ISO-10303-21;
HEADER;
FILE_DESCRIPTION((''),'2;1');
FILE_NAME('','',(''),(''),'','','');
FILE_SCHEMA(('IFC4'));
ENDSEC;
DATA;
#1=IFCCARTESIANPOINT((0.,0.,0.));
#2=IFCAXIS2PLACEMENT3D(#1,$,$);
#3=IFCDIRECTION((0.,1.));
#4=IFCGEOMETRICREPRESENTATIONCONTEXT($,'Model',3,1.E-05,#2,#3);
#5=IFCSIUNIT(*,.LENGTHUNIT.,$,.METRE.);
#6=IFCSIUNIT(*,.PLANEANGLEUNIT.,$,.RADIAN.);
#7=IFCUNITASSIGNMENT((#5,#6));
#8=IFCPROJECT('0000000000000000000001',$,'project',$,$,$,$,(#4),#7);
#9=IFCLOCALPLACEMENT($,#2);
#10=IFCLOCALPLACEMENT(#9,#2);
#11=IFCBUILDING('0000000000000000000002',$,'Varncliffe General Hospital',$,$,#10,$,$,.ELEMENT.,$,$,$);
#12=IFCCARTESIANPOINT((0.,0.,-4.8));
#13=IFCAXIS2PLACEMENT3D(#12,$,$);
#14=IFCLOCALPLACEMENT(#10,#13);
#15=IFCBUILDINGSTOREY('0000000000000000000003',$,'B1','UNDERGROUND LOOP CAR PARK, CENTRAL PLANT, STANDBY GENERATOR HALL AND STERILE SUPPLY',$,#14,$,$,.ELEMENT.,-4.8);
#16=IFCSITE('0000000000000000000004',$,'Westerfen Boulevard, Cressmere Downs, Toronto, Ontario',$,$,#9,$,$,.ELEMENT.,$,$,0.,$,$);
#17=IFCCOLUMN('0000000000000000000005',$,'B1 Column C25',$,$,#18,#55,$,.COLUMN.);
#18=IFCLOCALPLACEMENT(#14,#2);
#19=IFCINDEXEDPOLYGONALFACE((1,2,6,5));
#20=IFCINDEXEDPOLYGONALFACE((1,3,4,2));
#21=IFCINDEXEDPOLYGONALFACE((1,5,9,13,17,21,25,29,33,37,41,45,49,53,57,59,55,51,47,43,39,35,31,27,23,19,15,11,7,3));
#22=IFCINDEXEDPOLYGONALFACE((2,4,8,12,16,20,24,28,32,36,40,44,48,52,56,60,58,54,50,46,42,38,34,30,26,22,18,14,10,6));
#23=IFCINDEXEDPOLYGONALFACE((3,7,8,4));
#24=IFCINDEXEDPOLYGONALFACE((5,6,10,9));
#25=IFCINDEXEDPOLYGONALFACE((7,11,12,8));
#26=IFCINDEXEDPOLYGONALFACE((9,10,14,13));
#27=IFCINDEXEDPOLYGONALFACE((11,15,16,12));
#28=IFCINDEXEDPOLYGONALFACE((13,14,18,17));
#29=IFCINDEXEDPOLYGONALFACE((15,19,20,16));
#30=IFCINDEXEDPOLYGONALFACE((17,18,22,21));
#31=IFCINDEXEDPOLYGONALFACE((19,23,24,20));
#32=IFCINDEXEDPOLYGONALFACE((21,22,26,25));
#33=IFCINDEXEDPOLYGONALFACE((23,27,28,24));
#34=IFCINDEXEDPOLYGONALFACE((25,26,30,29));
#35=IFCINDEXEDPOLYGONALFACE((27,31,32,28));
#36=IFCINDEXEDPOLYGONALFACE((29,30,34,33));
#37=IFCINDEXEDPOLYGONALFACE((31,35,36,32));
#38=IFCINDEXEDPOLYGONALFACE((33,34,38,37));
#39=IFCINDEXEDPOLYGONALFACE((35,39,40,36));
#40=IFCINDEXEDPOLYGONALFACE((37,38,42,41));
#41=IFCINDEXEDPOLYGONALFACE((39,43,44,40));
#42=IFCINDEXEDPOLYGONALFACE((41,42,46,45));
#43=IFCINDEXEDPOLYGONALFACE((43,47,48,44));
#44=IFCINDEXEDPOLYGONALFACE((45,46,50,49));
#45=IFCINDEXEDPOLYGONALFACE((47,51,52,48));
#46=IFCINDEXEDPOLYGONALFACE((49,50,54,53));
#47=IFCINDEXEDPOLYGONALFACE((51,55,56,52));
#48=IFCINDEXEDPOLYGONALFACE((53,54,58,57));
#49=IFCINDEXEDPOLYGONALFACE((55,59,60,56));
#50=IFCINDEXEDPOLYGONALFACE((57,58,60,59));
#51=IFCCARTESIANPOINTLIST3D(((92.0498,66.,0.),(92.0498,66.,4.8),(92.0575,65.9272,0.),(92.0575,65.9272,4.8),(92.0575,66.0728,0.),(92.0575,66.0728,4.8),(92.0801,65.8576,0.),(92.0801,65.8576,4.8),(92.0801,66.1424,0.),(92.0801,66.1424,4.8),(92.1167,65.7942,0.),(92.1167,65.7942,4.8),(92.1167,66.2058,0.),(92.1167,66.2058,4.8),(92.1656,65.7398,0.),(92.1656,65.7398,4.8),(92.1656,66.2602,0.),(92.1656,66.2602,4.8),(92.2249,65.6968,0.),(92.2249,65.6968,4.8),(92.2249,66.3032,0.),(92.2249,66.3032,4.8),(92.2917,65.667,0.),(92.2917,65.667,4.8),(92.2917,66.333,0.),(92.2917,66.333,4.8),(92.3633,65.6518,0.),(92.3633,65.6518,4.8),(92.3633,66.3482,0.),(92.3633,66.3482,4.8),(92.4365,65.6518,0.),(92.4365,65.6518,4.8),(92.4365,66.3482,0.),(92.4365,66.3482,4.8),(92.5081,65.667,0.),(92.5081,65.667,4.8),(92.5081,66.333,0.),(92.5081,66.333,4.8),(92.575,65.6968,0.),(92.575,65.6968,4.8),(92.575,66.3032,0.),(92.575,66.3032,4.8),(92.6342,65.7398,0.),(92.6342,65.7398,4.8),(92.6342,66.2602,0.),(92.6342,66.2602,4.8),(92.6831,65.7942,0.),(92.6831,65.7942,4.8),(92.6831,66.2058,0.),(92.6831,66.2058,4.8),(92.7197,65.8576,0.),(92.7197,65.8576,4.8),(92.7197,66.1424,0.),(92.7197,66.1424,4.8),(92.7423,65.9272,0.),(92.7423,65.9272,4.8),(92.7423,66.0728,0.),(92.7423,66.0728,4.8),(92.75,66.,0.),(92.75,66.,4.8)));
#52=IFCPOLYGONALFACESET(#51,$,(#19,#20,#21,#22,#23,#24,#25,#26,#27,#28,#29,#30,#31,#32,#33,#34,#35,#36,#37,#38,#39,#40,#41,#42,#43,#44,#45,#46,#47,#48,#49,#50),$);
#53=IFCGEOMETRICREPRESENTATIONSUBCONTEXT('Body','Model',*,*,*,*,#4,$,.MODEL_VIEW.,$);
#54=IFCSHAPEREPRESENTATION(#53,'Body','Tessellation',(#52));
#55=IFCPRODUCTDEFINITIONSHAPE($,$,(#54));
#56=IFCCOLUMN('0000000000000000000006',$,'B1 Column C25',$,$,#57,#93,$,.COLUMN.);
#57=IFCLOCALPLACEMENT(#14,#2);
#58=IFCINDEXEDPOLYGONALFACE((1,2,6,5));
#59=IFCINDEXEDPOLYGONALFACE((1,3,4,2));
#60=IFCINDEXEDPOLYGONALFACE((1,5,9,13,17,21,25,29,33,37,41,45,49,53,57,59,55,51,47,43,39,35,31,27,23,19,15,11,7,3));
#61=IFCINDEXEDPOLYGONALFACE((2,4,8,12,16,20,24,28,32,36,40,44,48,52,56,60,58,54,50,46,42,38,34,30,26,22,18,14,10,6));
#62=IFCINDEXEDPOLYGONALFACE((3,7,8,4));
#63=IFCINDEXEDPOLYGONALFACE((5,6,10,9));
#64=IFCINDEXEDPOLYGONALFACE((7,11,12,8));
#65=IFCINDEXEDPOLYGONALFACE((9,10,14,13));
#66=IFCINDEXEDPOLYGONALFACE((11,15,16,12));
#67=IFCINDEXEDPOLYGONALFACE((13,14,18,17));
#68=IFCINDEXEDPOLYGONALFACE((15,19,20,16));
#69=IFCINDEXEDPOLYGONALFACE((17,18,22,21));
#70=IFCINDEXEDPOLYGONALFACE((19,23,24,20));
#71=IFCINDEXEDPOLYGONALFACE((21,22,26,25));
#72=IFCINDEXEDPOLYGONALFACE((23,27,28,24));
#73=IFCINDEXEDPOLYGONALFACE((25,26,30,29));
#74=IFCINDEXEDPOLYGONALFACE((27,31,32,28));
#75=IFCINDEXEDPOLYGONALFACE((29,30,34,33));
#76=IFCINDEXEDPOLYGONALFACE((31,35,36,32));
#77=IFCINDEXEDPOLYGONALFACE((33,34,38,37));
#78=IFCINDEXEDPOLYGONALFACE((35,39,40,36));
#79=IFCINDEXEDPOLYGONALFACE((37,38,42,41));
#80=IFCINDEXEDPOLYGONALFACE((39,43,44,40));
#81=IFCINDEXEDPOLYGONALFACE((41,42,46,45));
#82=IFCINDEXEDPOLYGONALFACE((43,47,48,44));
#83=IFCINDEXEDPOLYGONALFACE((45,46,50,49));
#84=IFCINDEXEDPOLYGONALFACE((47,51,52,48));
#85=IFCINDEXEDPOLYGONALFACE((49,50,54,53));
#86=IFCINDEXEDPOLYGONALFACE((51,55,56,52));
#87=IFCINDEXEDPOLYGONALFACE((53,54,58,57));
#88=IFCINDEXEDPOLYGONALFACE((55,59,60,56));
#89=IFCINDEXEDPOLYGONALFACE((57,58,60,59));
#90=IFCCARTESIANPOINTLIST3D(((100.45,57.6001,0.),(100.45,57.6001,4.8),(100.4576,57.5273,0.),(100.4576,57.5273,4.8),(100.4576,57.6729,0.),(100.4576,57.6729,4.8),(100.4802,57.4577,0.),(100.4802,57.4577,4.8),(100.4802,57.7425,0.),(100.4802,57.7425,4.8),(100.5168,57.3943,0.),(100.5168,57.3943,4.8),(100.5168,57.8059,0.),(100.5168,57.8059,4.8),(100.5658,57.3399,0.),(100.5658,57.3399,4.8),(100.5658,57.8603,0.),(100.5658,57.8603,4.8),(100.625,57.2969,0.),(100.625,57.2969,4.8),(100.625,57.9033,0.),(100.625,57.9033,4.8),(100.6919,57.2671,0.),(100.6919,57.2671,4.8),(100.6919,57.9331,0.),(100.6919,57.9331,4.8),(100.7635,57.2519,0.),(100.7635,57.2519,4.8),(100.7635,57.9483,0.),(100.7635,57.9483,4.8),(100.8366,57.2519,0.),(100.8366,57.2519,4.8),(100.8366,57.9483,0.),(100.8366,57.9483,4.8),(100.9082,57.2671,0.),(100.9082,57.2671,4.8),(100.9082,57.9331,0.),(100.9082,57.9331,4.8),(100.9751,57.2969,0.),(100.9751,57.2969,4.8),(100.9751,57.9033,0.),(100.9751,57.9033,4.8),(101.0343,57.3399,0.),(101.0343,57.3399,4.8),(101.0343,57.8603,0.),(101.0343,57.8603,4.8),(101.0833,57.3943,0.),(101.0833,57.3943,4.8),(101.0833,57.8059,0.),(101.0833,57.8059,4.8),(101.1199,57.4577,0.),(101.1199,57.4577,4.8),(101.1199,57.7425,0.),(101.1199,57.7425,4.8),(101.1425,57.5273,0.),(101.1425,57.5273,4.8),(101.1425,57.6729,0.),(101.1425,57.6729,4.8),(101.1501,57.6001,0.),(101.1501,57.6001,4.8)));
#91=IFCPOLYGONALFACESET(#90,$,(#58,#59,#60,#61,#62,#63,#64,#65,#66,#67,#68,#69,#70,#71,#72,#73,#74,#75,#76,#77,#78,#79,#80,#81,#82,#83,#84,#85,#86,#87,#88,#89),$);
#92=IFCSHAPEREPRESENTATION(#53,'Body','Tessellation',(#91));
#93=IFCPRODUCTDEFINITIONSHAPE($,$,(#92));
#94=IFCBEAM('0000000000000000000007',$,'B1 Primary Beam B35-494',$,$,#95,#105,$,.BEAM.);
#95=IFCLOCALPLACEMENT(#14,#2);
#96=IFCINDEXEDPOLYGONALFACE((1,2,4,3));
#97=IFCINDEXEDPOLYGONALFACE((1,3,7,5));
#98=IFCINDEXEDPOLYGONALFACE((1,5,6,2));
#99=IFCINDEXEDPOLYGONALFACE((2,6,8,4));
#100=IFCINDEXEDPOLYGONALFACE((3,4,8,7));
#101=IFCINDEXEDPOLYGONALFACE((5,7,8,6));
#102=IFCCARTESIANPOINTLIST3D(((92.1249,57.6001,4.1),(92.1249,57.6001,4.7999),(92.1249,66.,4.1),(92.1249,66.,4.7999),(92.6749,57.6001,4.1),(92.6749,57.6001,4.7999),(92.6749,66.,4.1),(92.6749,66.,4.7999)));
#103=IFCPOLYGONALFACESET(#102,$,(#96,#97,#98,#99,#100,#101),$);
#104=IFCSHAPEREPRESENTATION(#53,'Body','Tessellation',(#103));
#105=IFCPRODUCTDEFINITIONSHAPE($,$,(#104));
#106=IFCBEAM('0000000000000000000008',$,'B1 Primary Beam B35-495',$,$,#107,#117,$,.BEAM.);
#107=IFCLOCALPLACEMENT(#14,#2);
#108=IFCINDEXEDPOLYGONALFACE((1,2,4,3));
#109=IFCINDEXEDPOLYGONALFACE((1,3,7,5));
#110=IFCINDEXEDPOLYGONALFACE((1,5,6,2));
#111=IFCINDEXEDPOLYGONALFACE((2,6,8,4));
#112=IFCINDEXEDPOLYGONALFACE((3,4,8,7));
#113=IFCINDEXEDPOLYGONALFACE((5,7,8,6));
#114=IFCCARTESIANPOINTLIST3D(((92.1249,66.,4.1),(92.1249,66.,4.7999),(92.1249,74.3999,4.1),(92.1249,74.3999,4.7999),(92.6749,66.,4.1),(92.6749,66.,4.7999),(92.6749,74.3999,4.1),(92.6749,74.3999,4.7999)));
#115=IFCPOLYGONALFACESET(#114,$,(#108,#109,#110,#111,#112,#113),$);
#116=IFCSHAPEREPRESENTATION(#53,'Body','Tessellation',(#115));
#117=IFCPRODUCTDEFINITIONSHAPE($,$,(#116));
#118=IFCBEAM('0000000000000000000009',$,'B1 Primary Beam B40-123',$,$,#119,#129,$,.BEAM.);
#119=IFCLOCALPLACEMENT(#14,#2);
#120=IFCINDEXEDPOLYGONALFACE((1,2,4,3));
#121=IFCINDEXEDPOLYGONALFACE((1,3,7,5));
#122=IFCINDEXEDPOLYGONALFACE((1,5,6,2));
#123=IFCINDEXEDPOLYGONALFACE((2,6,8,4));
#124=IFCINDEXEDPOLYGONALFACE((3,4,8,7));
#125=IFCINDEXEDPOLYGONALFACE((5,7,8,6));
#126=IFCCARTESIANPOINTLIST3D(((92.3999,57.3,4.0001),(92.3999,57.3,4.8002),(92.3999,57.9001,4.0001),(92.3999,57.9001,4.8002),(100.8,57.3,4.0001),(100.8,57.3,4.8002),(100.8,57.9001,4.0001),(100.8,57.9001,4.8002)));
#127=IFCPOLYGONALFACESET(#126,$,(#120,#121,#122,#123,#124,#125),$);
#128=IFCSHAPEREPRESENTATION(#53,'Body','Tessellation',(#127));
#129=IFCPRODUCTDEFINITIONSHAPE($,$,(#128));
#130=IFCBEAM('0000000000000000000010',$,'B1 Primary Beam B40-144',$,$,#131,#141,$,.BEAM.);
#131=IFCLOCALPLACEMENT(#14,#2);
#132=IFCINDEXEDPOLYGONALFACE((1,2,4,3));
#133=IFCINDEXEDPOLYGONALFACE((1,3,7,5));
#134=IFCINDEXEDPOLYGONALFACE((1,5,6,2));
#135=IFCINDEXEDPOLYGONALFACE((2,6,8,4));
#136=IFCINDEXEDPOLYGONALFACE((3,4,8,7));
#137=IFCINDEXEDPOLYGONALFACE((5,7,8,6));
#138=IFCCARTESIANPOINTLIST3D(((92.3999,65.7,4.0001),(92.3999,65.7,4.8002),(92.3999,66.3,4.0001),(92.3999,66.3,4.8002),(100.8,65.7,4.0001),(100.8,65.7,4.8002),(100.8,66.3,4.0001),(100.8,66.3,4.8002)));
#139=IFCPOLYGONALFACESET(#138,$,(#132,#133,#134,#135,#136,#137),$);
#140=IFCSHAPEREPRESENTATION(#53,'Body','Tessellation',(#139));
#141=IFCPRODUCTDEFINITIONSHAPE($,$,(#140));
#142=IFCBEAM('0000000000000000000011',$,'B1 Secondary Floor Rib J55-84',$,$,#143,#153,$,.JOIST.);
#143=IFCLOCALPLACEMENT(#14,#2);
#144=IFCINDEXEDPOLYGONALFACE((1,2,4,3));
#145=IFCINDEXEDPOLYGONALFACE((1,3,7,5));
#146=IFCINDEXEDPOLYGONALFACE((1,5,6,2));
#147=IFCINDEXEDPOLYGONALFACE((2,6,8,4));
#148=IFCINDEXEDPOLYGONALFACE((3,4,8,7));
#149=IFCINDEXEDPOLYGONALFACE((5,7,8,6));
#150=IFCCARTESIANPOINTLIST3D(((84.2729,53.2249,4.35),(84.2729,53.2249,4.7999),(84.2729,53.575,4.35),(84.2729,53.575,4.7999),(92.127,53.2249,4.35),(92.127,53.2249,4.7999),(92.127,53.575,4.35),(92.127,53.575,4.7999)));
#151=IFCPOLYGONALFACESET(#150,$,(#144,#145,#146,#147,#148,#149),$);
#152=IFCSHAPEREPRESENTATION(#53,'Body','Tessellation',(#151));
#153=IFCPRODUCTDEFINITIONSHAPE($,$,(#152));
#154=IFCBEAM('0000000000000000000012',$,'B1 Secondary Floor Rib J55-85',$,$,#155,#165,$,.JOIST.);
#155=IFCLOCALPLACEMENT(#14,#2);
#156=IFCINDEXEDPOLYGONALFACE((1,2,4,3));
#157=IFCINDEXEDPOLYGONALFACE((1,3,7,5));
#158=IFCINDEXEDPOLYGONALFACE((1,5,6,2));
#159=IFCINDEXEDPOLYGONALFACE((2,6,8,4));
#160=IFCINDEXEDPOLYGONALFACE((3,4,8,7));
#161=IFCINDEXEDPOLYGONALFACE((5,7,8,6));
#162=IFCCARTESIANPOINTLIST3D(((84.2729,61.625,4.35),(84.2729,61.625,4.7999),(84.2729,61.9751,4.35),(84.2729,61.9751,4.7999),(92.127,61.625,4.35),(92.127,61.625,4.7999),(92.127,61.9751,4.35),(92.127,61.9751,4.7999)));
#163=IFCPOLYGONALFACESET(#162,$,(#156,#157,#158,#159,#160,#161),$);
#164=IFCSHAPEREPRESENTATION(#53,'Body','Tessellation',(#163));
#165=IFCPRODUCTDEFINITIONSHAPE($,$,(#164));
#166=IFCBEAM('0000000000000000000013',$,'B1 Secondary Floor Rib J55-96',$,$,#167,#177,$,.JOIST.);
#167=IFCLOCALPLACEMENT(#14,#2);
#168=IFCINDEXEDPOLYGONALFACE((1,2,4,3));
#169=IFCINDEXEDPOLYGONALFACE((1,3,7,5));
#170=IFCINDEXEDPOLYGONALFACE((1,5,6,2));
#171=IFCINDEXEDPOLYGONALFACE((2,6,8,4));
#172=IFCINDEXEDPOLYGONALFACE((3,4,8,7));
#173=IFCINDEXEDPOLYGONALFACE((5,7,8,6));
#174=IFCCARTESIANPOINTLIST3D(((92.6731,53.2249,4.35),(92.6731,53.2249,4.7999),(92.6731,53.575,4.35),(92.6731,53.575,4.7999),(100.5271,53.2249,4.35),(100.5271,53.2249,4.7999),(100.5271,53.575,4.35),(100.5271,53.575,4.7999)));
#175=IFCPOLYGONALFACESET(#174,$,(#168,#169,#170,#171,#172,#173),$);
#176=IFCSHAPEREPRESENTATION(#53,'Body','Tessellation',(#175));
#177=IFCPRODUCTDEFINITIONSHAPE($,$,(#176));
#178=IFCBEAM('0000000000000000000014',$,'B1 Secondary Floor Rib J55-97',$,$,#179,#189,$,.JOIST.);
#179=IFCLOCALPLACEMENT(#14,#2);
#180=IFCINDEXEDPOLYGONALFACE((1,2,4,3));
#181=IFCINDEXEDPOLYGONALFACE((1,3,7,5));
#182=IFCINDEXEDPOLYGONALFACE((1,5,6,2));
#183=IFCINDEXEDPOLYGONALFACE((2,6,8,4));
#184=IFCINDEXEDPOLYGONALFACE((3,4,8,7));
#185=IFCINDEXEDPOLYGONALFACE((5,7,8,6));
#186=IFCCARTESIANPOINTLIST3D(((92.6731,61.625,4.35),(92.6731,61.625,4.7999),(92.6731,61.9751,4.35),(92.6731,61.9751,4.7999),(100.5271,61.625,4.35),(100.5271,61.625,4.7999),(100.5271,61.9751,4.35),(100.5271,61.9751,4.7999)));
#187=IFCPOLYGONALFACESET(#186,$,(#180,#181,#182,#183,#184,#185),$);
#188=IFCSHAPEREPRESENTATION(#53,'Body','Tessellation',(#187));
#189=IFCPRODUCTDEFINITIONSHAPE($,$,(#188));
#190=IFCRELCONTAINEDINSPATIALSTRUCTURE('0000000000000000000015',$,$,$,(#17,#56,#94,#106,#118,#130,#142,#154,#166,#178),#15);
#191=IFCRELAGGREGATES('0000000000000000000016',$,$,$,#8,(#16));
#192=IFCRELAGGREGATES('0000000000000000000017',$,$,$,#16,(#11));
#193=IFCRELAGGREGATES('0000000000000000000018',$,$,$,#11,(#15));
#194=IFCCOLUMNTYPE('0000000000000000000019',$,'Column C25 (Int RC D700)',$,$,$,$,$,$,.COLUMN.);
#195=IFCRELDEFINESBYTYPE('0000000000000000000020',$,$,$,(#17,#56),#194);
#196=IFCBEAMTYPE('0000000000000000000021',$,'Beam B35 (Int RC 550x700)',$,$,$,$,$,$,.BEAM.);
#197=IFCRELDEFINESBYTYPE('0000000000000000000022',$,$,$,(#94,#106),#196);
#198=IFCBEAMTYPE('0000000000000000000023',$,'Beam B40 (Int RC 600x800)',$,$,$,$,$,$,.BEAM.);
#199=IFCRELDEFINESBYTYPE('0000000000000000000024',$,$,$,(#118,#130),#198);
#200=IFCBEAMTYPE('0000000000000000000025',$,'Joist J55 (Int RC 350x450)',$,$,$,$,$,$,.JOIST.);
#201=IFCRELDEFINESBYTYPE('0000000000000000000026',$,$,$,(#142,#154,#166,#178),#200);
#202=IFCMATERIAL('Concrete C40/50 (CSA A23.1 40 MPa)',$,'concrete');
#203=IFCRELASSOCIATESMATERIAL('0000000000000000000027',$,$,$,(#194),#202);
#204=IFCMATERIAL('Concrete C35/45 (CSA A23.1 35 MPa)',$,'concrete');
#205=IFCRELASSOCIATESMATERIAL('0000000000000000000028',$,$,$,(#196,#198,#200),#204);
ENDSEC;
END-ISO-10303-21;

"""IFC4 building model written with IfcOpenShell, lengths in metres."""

from ifc_helpers import new_model, si_unit, direction, frame, origin, origin_2d, place, context, subcontext, project, spatial, rectangle, circle, extrude, material, material_profile, profile_set, type_object, element, save


model = new_model("IFC4")

# Units and contexts
model_context = context("Model", 3, precision=1e-05, world=origin(), true_north=direction((0.0, 1.0)))
body_context = subcontext(model_context, "Body", "Model", "MODEL_VIEW")
ifc_project = project(units=[si_unit("LENGTHUNIT", "METRE"), si_unit("PLANEANGLEUNIT", "RADIAN")], contexts=[model_context])

# Site, building, storey
site_placement = place(None, origin())
site = spatial("IfcSite", under=ifc_project, at=site_placement, Name="Westerfen Boulevard, Cressmere Downs, Toronto, Ontario", CompositionType="ELEMENT", RefElevation=0.0)
building_placement = place(site_placement, origin())
building = spatial("IfcBuilding", under=site, at=building_placement, Name="Varncliffe General Hospital", CompositionType="ELEMENT")
storey_placement = place(building_placement, frame((0.0, 0.0, -4.8)))
storey = spatial("IfcBuildingStorey", under=building, at=storey_placement, Name="B1", Description="UNDERGROUND LOOP CAR PARK, CENTRAL PLANT, STANDBY GENERATOR HALL AND STERILE SUPPLY", CompositionType="ELEMENT", Elevation=-4.8)

# Shared definitions
ifc_material_1 = material(Name="Concrete C40/50 (CSA A23.1 40 MPa)", Category="concrete")

# Columns
ifc_material_profile_1 = material_profile(ifc_material_1, circle(Radius=0.3501, at=origin_2d()), Name="RC D700")
ifc_profile_set_1 = profile_set([ifc_material_profile_1], Name="Concrete C40/50 (CSA A23.1 40 MPa)")
column_type = type_object("IfcColumnType", Name="Column C25 (Int RC D700)", PredefinedType="COLUMN", material=ifc_profile_set_1)
for number, where, z_axis, x_axis, name in (
    (1, (92.3999, 66.0, 0.0), (0.0, 0.0, 1.0), (1.0, 0.0, 0.0), "B1 Column C25"),
    (2, (100.8, 57.6001, 0.0), (0.0, 0.0, 1.0), (1.0, 0.0, 0.0), "B1 Column C25"),
):
    element("IfcColumn", number, at=place(storey_placement, frame(where, z_axis=z_axis, x_axis=x_axis)), inside=storey, type_object=column_type, Name=name, PredefinedType="COLUMN", context=body_context, shape_type="SweptSolid", body=[
        extrude(circle(Radius=0.3501, at=origin_2d()), origin(), (0.0, 0.0, 1.0), 4.8),
    ])

# Beams
ifc_material_2 = material(Name="Concrete C35/45 (CSA A23.1 35 MPa)", Category="concrete")
ifc_material_profile_2 = material_profile(ifc_material_2, rectangle(XDim=0.55, YDim=0.7, at=origin_2d()), Name="RC 550x700")
ifc_profile_set_2 = profile_set([ifc_material_profile_2], Name="Concrete C35/45 (CSA A23.1 35 MPa)")
beam_type_1 = type_object("IfcBeamType", Name="Beam B35 (Int RC 550x700)", PredefinedType="BEAM", material=ifc_profile_set_2)
for number, where, z_axis, x_axis, name in (
    (3, (92.3999, 57.6001, 4.45), (0.0, 1.0, 0.0), (-1.0, 0.0, 0.0), "B1 Primary Beam B35-494"),
    (4, (92.3999, 66.0, 4.45), (0.0, 1.0, 0.0), (-1.0, 0.0, 0.0), "B1 Primary Beam B35-495"),
):
    element("IfcBeam", number, at=place(storey_placement, frame(where, z_axis=z_axis, x_axis=x_axis)), inside=storey, type_object=beam_type_1, Name=name, PredefinedType="BEAM", context=body_context, shape_type="SweptSolid", body=[
        extrude(rectangle(XDim=0.55, YDim=0.7, at=origin_2d()), origin(), (0.0, 0.0, 1.0), 8.3999),
    ])
ifc_material_profile_3 = material_profile(ifc_material_2, rectangle(XDim=0.6001, YDim=0.8, at=origin_2d()), Name="RC 600x800")
ifc_profile_set_3 = profile_set([ifc_material_profile_3], Name="Concrete C35/45 (CSA A23.1 35 MPa)")
beam_type_2 = type_object("IfcBeamType", Name="Beam B40 (Int RC 600x800)", PredefinedType="BEAM", material=ifc_profile_set_3)
for number, where, z_axis, x_axis, name in (
    (5, (92.3999, 57.6001, 4.4001), (1.0, 0.0, 0.0), (0.0, 1.0, 0.0), "B1 Primary Beam B40-123"),
    (6, (92.3999, 66.0, 4.4001), (1.0, 0.0, 0.0), (0.0, 1.0, 0.0), "B1 Primary Beam B40-144"),
):
    element("IfcBeam", number, at=place(storey_placement, frame(where, z_axis=z_axis, x_axis=x_axis)), inside=storey, type_object=beam_type_2, Name=name, PredefinedType="BEAM", context=body_context, shape_type="SweptSolid", body=[
        extrude(rectangle(XDim=0.6001, YDim=0.8, at=origin_2d()), origin(), (0.0, 0.0, 1.0), 8.4001),
    ])
ifc_material_profile_4 = material_profile(ifc_material_2, rectangle(XDim=0.3501, YDim=0.45, at=origin_2d()), Name="RC 350x450")
ifc_profile_set_4 = profile_set([ifc_material_profile_4], Name="Concrete C35/45 (CSA A23.1 35 MPa)")
beam_type_3 = type_object("IfcBeamType", Name="Joist J55 (Int RC 350x450)", PredefinedType="JOIST", material=ifc_profile_set_4)
for number, where, z_axis, x_axis, name in (
    (7, (84.2729, 53.3999, 4.575), (1.0, 0.0, 0.0), (0.0, 1.0, 0.0), "B1 Secondary Floor Rib J55-84"),
    (8, (84.2729, 61.8, 4.575), (1.0, 0.0, 0.0), (0.0, 1.0, 0.0), "B1 Secondary Floor Rib J55-85"),
    (9, (92.6731, 53.3999, 4.575), (1.0, 0.0, 0.0), (0.0, 1.0, 0.0), "B1 Secondary Floor Rib J55-96"),
    (10, (92.6731, 61.8, 4.575), (1.0, 0.0, 0.0), (0.0, 1.0, 0.0), "B1 Secondary Floor Rib J55-97"),
):
    element("IfcBeam", number, at=place(storey_placement, frame(where, z_axis=z_axis, x_axis=x_axis)), inside=storey, type_object=beam_type_3, Name=name, PredefinedType="JOIST", context=body_context, shape_type="SweptSolid", body=[
        extrude(rectangle(XDim=0.3501, YDim=0.45, at=origin_2d()), origin(), (0.0, 0.0, 1.0), 7.854),
    ])

save(model, "model.ifc")
